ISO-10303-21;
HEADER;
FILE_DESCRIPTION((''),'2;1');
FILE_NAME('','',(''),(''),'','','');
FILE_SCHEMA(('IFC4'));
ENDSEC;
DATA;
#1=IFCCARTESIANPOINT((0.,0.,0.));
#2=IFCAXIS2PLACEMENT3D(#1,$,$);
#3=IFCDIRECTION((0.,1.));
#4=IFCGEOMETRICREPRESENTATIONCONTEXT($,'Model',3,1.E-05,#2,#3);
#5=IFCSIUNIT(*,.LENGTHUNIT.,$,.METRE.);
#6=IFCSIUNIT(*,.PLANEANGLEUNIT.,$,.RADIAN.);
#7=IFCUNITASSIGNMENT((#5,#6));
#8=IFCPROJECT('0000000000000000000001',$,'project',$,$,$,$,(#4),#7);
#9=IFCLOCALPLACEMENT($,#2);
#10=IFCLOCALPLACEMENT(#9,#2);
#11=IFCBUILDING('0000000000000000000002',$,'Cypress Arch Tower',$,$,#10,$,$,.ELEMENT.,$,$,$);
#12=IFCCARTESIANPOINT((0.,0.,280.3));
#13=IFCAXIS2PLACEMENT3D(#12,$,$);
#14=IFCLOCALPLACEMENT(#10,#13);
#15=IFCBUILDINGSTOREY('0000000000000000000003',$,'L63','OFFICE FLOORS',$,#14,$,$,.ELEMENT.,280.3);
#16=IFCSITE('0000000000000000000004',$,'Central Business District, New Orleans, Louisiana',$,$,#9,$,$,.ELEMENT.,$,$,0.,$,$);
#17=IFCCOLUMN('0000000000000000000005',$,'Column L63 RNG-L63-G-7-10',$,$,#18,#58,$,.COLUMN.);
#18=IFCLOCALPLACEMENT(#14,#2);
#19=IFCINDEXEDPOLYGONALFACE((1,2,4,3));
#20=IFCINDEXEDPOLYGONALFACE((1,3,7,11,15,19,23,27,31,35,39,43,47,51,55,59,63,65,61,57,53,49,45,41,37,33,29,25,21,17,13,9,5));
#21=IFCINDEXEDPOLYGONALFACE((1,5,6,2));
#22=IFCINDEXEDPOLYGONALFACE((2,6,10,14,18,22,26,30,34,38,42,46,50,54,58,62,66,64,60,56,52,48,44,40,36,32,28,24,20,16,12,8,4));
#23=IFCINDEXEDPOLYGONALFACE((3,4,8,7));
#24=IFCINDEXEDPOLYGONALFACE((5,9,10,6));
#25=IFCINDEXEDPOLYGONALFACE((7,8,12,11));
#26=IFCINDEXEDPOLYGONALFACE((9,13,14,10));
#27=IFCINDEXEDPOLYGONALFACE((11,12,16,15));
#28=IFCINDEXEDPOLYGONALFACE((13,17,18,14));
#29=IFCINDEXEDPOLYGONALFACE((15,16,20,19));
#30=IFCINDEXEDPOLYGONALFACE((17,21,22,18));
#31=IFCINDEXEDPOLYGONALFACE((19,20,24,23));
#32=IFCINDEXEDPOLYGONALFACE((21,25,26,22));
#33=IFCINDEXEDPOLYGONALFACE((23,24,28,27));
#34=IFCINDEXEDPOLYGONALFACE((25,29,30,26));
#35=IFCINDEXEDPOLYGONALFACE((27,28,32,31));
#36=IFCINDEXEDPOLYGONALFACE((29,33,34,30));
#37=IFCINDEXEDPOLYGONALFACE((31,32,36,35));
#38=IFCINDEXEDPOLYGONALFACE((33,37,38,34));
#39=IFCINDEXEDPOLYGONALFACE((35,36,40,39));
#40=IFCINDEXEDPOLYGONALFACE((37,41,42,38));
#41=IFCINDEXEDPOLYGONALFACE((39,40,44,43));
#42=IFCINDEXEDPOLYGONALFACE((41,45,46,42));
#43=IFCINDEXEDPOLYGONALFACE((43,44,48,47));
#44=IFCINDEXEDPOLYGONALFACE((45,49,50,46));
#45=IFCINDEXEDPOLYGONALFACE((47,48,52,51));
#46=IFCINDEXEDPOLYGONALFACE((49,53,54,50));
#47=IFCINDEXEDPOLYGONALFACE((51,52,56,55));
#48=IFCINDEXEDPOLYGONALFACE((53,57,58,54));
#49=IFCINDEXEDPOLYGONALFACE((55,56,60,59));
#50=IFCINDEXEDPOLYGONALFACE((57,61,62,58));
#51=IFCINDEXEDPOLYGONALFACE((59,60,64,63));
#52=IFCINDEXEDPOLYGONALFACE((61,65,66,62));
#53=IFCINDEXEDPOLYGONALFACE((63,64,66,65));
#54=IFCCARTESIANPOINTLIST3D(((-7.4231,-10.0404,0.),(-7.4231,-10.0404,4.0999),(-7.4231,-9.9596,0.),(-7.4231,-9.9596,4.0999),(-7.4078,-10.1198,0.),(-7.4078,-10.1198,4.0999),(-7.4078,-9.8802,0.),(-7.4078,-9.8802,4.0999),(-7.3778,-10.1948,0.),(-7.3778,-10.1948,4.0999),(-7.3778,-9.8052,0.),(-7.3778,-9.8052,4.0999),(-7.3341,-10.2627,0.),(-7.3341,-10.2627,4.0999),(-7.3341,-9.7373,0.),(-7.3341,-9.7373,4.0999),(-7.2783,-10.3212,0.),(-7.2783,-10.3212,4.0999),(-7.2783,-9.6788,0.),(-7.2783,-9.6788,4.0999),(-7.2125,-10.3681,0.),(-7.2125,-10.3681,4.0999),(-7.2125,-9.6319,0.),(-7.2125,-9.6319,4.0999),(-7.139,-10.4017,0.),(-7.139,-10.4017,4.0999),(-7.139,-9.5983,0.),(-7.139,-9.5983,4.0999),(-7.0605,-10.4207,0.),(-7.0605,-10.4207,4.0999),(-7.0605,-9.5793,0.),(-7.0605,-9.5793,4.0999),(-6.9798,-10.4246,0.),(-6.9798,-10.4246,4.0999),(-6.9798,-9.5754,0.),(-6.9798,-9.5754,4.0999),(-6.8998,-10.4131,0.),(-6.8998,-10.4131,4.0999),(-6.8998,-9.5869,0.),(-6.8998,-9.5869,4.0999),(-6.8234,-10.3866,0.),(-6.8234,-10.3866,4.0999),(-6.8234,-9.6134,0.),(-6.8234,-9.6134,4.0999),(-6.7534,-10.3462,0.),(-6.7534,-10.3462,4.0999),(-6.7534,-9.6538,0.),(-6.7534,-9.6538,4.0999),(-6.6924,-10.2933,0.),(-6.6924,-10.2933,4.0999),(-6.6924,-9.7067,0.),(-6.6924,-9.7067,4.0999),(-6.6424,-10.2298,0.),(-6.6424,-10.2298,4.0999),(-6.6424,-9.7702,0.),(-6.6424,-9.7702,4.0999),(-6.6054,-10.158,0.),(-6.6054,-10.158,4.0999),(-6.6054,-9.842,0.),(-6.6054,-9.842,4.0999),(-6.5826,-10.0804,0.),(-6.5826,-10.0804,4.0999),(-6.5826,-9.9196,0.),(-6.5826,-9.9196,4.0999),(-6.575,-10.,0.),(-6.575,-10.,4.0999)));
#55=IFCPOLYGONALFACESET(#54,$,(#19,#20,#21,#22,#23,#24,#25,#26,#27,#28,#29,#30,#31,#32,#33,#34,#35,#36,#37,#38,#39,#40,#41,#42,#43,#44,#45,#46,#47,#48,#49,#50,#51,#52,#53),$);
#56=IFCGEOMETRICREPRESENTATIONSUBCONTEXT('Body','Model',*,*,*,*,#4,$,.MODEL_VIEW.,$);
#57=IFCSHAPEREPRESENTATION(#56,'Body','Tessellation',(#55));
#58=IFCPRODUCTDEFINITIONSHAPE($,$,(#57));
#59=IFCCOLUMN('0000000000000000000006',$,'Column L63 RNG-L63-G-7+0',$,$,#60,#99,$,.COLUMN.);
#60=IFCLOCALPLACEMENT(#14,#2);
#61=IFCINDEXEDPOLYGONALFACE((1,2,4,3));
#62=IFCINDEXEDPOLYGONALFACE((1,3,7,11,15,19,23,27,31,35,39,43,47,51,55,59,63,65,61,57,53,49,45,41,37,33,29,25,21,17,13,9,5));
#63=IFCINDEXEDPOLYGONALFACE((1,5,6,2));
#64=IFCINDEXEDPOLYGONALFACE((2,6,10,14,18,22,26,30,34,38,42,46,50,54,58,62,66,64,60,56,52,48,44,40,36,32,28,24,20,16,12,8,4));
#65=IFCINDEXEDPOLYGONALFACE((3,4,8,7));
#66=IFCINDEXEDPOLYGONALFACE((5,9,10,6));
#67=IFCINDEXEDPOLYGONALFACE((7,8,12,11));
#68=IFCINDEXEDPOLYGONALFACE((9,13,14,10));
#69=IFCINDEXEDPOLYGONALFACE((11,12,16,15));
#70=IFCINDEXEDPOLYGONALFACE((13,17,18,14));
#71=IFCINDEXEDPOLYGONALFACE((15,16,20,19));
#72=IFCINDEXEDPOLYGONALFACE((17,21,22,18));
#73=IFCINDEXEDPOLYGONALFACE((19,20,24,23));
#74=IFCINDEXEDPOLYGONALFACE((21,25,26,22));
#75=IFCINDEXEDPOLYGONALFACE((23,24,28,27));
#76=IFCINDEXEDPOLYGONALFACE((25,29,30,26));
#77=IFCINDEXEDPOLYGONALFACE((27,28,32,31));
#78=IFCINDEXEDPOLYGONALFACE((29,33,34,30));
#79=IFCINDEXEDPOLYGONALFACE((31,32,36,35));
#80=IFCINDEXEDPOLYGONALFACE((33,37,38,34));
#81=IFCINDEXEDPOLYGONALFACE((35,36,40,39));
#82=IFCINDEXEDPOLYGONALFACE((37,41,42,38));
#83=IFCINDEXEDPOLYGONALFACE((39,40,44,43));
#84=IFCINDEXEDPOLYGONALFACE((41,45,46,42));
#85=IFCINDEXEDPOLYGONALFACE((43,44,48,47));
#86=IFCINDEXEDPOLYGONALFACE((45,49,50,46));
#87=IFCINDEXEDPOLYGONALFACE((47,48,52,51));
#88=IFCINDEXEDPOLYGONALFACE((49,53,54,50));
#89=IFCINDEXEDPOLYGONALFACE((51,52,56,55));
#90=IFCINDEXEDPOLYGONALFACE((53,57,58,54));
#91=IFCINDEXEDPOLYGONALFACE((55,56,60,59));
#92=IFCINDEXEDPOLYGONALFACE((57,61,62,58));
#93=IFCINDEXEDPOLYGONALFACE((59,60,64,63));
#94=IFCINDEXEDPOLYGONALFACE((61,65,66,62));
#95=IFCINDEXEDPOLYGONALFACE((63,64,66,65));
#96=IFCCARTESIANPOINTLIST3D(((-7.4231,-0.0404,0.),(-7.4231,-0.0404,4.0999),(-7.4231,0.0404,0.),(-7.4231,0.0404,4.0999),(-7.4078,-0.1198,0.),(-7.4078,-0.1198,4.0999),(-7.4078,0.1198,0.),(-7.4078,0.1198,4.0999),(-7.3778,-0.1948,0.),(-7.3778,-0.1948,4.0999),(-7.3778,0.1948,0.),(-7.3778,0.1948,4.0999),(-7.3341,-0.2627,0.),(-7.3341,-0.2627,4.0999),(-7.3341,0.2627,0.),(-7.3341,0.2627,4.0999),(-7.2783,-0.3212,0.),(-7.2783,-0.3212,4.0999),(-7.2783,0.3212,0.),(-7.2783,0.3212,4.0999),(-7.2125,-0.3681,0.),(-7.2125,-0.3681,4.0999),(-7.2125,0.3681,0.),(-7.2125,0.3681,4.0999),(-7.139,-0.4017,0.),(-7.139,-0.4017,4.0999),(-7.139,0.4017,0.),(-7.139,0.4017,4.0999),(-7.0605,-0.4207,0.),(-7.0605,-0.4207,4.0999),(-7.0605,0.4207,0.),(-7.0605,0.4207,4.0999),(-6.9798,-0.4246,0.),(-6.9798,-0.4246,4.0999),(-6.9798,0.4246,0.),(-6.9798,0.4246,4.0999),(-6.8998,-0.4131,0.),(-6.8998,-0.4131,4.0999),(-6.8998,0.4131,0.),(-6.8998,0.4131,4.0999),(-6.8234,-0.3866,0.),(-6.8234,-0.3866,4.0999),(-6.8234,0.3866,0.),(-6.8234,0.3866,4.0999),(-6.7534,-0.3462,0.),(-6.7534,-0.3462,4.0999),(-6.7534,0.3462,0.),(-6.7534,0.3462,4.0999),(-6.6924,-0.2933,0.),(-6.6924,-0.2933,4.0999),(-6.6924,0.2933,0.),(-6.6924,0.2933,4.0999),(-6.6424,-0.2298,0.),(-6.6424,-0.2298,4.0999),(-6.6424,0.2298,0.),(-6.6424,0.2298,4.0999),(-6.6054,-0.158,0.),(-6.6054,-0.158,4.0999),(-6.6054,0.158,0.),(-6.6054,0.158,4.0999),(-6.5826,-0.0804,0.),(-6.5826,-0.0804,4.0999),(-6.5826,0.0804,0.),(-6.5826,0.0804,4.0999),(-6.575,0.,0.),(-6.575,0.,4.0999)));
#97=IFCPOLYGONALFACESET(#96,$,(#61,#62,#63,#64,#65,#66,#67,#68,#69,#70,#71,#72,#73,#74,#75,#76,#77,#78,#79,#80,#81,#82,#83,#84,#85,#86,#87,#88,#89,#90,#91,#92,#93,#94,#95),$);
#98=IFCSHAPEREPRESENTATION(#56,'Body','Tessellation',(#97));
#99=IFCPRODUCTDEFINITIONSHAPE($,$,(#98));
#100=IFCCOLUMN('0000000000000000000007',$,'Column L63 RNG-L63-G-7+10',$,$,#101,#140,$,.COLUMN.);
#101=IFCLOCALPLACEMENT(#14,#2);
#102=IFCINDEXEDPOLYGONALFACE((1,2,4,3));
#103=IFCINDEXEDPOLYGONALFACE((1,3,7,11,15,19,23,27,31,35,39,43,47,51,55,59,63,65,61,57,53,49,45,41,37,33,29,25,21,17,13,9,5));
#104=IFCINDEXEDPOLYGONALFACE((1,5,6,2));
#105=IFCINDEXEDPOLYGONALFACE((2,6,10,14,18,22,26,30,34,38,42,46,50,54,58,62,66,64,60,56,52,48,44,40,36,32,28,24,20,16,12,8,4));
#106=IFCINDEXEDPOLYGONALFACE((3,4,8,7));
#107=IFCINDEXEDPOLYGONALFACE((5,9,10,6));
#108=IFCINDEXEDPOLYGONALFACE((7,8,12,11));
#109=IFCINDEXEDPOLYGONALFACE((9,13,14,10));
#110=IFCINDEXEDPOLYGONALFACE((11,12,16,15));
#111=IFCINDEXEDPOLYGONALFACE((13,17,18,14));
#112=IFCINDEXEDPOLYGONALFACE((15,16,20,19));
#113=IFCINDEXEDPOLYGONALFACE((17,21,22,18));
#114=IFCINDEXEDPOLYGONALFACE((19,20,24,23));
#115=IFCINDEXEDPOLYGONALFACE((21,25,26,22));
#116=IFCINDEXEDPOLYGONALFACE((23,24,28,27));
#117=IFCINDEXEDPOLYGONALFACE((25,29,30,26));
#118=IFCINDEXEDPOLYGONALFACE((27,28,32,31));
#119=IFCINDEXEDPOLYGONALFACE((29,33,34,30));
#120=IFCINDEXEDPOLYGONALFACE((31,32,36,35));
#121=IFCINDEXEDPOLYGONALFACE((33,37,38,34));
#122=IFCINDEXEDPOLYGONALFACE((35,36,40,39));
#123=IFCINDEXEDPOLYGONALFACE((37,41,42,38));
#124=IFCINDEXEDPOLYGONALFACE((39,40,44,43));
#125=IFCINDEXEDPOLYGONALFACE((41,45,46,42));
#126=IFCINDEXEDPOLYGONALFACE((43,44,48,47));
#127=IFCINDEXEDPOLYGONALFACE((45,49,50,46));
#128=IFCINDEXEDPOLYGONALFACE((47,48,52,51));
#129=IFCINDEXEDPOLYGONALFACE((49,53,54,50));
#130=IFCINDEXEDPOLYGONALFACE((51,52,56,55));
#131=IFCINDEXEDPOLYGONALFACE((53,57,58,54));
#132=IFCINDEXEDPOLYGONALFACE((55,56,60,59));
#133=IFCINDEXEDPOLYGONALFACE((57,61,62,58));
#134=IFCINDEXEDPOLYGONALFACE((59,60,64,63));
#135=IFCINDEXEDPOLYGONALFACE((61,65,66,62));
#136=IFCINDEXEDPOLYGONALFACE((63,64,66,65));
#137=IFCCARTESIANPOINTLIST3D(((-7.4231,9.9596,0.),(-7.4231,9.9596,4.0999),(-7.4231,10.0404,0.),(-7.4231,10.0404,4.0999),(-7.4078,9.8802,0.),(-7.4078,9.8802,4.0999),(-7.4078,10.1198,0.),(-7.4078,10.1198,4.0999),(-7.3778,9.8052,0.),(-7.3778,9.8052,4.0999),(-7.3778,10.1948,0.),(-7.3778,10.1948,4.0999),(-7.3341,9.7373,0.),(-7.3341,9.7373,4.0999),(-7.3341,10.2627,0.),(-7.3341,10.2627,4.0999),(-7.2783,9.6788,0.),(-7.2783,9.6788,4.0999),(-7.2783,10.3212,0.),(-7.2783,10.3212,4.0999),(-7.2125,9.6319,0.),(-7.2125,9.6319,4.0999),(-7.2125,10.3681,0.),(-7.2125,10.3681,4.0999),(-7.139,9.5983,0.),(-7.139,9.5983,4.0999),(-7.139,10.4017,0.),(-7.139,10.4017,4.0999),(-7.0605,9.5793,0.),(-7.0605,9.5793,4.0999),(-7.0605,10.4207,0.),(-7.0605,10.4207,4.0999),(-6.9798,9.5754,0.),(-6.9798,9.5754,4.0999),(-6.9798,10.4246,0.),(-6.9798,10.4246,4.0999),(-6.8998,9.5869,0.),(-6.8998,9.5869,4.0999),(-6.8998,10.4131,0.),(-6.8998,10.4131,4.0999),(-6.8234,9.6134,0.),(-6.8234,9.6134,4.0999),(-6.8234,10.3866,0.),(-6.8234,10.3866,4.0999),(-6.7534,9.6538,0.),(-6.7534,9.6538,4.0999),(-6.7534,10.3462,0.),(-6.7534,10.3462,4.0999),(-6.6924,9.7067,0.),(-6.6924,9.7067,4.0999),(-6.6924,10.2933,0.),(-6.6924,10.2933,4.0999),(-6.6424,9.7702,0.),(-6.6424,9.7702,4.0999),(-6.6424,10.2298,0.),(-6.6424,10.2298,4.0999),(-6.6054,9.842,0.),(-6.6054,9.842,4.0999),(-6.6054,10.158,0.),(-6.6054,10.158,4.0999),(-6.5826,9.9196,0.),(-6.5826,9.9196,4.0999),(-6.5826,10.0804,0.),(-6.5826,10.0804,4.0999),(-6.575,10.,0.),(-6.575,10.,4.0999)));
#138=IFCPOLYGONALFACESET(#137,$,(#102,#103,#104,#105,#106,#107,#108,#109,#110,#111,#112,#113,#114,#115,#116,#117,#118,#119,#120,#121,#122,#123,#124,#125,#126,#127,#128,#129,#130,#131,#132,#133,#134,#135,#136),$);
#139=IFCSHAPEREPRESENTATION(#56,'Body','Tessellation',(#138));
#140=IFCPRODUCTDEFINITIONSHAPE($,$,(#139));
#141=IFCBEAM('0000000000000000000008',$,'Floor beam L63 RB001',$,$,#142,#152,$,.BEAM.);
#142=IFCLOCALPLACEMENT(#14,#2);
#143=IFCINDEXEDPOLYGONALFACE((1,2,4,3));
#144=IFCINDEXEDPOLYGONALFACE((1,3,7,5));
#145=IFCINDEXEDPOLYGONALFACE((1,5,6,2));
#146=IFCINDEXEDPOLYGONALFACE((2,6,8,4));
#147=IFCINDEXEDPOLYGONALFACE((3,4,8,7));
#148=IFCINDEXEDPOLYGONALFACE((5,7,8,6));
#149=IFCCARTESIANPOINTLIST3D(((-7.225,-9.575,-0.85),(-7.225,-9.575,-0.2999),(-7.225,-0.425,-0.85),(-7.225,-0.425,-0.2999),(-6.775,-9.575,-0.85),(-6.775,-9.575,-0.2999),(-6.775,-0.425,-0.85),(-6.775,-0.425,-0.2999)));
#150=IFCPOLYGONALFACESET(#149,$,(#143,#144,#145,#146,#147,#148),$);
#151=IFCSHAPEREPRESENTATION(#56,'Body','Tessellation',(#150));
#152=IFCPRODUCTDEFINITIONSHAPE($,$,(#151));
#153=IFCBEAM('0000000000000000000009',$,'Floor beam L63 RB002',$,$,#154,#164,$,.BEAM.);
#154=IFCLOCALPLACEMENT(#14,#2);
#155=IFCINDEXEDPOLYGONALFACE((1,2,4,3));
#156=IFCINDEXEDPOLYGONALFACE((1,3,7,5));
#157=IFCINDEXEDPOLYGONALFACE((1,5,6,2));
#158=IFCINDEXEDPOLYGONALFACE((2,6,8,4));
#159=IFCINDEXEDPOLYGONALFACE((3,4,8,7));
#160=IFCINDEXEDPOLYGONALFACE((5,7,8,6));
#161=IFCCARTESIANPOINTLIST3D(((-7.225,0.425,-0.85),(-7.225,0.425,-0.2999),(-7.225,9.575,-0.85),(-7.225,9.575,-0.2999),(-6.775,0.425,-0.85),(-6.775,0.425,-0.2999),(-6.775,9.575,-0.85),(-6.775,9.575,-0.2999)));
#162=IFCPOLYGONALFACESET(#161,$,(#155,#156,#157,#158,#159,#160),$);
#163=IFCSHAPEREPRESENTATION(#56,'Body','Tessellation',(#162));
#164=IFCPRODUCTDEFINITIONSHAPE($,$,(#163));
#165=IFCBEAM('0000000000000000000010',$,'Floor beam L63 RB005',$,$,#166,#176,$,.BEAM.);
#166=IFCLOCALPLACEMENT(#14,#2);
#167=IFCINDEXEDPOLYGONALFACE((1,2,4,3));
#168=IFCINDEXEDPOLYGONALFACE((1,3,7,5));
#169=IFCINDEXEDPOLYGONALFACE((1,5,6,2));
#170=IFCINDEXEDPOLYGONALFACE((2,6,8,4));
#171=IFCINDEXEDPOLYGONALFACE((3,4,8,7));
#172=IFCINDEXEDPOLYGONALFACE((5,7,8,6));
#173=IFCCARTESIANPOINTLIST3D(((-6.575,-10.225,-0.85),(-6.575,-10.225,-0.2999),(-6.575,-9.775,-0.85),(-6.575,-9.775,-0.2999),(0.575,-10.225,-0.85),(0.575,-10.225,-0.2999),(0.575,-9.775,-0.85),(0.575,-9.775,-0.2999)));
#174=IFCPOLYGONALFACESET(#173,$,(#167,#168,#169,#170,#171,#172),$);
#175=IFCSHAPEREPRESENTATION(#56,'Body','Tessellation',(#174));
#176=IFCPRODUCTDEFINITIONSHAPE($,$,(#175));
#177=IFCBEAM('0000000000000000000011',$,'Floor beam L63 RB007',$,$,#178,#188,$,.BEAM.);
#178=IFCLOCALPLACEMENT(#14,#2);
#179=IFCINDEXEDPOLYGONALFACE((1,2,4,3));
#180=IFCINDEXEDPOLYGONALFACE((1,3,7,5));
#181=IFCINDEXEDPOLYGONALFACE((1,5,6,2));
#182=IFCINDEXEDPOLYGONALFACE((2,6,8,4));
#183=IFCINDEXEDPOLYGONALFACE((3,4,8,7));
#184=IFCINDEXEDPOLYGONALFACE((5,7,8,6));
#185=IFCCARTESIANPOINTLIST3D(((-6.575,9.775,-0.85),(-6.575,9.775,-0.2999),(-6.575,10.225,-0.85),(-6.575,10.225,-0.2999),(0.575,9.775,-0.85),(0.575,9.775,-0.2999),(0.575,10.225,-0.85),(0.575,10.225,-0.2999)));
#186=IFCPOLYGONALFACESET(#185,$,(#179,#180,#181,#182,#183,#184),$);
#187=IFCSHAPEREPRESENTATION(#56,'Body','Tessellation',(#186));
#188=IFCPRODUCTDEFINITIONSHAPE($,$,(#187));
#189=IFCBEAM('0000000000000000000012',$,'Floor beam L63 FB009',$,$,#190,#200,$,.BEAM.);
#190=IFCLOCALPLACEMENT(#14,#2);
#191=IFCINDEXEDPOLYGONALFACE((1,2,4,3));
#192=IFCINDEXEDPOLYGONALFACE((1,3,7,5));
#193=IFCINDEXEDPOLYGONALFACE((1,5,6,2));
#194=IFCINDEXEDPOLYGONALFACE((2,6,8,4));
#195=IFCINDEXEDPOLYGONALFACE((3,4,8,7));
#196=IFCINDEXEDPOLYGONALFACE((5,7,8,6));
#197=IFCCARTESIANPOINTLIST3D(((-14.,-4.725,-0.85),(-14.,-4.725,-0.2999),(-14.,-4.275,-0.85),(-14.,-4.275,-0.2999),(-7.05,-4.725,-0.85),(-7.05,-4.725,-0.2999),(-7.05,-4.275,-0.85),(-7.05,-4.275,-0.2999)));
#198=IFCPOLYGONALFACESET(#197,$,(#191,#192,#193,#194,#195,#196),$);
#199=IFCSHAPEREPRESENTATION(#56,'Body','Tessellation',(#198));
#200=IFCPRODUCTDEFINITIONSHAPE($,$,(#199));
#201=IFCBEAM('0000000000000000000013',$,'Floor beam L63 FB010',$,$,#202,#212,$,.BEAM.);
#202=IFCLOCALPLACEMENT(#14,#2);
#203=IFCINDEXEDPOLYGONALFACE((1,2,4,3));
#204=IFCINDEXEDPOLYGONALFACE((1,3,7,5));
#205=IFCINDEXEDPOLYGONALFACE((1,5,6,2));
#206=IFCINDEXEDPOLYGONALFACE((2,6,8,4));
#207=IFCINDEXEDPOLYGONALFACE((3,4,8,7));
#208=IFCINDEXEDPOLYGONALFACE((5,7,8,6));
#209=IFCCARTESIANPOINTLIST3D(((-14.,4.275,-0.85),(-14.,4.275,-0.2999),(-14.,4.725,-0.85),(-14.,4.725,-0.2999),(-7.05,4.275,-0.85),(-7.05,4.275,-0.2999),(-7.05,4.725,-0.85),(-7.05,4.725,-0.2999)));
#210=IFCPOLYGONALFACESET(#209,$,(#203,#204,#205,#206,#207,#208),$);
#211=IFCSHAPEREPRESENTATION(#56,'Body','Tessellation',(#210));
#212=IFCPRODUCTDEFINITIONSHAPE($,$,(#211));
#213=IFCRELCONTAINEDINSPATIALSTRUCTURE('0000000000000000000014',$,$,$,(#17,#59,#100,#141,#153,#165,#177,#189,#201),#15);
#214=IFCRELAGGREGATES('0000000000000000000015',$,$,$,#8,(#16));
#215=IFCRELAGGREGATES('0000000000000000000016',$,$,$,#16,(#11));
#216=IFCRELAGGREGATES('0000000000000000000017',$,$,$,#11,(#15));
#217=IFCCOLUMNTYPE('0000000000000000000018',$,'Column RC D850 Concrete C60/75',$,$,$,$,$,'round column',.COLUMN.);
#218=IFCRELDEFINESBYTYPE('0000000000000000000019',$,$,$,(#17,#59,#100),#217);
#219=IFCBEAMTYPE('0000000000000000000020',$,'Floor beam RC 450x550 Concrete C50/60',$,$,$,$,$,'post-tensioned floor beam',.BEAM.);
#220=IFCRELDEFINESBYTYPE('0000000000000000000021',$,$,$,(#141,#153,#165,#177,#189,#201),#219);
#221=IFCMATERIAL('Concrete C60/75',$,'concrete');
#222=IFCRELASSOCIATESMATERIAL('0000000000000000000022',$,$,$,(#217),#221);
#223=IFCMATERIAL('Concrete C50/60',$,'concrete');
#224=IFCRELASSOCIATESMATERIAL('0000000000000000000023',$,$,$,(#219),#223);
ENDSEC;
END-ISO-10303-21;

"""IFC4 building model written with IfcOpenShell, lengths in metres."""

from ifc_helpers import new_model, si_unit, direction, frame, origin, origin_2d, place, context, subcontext, project, spatial, rectangle, circle, extrude, material, material_profile, profile_set, type_object, element, save


model = new_model("IFC4")

# Units and contexts
model_context = context("Model", 3, precision=1e-05, world=origin(), true_north=direction((0.0, 1.0)))
body_context = subcontext(model_context, "Body", "Model", "MODEL_VIEW")
ifc_project = project(units=[si_unit("LENGTHUNIT", "METRE"), si_unit("PLANEANGLEUNIT", "RADIAN")], contexts=[model_context])

# Site, building, storey
site_placement = place(None, origin())
site = spatial("IfcSite", under=ifc_project, at=site_placement, Name="Central Business District, New Orleans, Louisiana", CompositionType="ELEMENT", RefElevation=0.0)
building_placement = place(site_placement, origin())
building = spatial("IfcBuilding", under=site, at=building_placement, Name="Cypress Arch Tower", CompositionType="ELEMENT")
storey_placement = place(building_placement, frame((0.0, 0.0, 280.3)))
storey = spatial("IfcBuildingStorey", under=building, at=storey_placement, Name="L63", Description="OFFICE FLOORS", CompositionType="ELEMENT", Elevation=280.3)

# Columns
ifc_material_1 = material(Name="Concrete C60/75", Category="concrete")
ifc_material_profile_1 = material_profile(ifc_material_1, circle(Radius=0.425, at=origin_2d()), Name="RC D850")
ifc_profile_set_1 = profile_set([ifc_material_profile_1], Name="Concrete C60/75")
column_type = type_object("IfcColumnType", Name="Column RC D850 Concrete C60/75", ElementType="round column", PredefinedType="COLUMN", material=ifc_profile_set_1)
for number, where, z_axis, x_axis, name in (
    (1, (-7.0, -10.0, 0.0), (0.0, 0.0, 1.0), (1.0, 0.0, 0.0), "Column L63 RNG-L63-G-7-10"),
    (2, (-7.0, 0.0, 0.0), (0.0, 0.0, 1.0), (1.0, 0.0, 0.0), "Column L63 RNG-L63-G-7+0"),
    (3, (-7.0, 10.0, 0.0), (0.0, 0.0, 1.0), (1.0, 0.0, 0.0), "Column L63 RNG-L63-G-7+10"),
):
    element("IfcColumn", number, at=place(storey_placement, frame(where, z_axis=z_axis, x_axis=x_axis)), inside=storey, type_object=column_type, Name=name, PredefinedType="COLUMN", context=body_context, shape_type="SweptSolid", body=[
        extrude(circle(Radius=0.425, at=origin_2d()), origin(), (0.0, 0.0, 1.0), 4.0999),
    ])

# Beams
ifc_material_2 = material(Name="Concrete C50/60", Category="concrete")
ifc_material_profile_2 = material_profile(ifc_material_2, rectangle(XDim=0.45, YDim=0.55, at=origin_2d()), Name="RC 450x550")
ifc_profile_set_2 = profile_set([ifc_material_profile_2], Name="Concrete C50/60")
beam_type = type_object("IfcBeamType", Name="Floor beam RC 450x550 Concrete C50/60", ElementType="post-tensioned floor beam", PredefinedType="BEAM", material=ifc_profile_set_2)
for number, where, z_axis, x_axis, name in (
    (4, (-7.0, -9.575, -0.575), (0.0, 1.0, 0.0), (-1.0, 0.0, 0.0), "Floor beam L63 RB001"),
    (5, (-7.0, 0.425, -0.575), (0.0, 1.0, 0.0), (-1.0, 0.0, 0.0), "Floor beam L63 RB002"),
):
    element("IfcBeam", number, at=place(storey_placement, frame(where, z_axis=z_axis, x_axis=x_axis)), inside=storey, type_object=beam_type, Name=name, PredefinedType="BEAM", context=body_context, shape_type="SweptSolid", body=[
        extrude(rectangle(XDim=0.45, YDim=0.55, at=origin_2d()), origin(), (0.0, 0.0, 1.0), 9.1499),
    ])
for number, where, z_axis, x_axis, name in (
    (6, (-6.575, -10.0, -0.575), (1.0, 0.0, 0.0), (0.0, 1.0, 0.0), "Floor beam L63 RB005"),
    (7, (-6.575, 10.0, -0.575), (1.0, 0.0, 0.0), (0.0, 1.0, 0.0), "Floor beam L63 RB007"),
):
    element("IfcBeam", number, at=place(storey_placement, frame(where, z_axis=z_axis, x_axis=x_axis)), inside=storey, type_object=beam_type, Name=name, PredefinedType="BEAM", context=body_context, shape_type="SweptSolid", body=[
        extrude(rectangle(XDim=0.45, YDim=0.55, at=origin_2d()), origin(), (0.0, 0.0, 1.0), 7.1499),
    ])
for number, where, z_axis, x_axis, name in (
    (8, (-14.0, -4.5, -0.575), (1.0, 0.0, 0.0), (0.0, 1.0, 0.0), "Floor beam L63 FB009"),
    (9, (-14.0, 4.5, -0.575), (1.0, 0.0, 0.0), (0.0, 1.0, 0.0), "Floor beam L63 FB010"),
):
    element("IfcBeam", number, at=place(storey_placement, frame(where, z_axis=z_axis, x_axis=x_axis)), inside=storey, type_object=beam_type, Name=name, PredefinedType="BEAM", context=body_context, shape_type="SweptSolid", body=[
        extrude(rectangle(XDim=0.45, YDim=0.55, at=origin_2d()), origin(), (0.0, 0.0, 1.0), 6.95),
    ])

save(model, "model.ifc")
